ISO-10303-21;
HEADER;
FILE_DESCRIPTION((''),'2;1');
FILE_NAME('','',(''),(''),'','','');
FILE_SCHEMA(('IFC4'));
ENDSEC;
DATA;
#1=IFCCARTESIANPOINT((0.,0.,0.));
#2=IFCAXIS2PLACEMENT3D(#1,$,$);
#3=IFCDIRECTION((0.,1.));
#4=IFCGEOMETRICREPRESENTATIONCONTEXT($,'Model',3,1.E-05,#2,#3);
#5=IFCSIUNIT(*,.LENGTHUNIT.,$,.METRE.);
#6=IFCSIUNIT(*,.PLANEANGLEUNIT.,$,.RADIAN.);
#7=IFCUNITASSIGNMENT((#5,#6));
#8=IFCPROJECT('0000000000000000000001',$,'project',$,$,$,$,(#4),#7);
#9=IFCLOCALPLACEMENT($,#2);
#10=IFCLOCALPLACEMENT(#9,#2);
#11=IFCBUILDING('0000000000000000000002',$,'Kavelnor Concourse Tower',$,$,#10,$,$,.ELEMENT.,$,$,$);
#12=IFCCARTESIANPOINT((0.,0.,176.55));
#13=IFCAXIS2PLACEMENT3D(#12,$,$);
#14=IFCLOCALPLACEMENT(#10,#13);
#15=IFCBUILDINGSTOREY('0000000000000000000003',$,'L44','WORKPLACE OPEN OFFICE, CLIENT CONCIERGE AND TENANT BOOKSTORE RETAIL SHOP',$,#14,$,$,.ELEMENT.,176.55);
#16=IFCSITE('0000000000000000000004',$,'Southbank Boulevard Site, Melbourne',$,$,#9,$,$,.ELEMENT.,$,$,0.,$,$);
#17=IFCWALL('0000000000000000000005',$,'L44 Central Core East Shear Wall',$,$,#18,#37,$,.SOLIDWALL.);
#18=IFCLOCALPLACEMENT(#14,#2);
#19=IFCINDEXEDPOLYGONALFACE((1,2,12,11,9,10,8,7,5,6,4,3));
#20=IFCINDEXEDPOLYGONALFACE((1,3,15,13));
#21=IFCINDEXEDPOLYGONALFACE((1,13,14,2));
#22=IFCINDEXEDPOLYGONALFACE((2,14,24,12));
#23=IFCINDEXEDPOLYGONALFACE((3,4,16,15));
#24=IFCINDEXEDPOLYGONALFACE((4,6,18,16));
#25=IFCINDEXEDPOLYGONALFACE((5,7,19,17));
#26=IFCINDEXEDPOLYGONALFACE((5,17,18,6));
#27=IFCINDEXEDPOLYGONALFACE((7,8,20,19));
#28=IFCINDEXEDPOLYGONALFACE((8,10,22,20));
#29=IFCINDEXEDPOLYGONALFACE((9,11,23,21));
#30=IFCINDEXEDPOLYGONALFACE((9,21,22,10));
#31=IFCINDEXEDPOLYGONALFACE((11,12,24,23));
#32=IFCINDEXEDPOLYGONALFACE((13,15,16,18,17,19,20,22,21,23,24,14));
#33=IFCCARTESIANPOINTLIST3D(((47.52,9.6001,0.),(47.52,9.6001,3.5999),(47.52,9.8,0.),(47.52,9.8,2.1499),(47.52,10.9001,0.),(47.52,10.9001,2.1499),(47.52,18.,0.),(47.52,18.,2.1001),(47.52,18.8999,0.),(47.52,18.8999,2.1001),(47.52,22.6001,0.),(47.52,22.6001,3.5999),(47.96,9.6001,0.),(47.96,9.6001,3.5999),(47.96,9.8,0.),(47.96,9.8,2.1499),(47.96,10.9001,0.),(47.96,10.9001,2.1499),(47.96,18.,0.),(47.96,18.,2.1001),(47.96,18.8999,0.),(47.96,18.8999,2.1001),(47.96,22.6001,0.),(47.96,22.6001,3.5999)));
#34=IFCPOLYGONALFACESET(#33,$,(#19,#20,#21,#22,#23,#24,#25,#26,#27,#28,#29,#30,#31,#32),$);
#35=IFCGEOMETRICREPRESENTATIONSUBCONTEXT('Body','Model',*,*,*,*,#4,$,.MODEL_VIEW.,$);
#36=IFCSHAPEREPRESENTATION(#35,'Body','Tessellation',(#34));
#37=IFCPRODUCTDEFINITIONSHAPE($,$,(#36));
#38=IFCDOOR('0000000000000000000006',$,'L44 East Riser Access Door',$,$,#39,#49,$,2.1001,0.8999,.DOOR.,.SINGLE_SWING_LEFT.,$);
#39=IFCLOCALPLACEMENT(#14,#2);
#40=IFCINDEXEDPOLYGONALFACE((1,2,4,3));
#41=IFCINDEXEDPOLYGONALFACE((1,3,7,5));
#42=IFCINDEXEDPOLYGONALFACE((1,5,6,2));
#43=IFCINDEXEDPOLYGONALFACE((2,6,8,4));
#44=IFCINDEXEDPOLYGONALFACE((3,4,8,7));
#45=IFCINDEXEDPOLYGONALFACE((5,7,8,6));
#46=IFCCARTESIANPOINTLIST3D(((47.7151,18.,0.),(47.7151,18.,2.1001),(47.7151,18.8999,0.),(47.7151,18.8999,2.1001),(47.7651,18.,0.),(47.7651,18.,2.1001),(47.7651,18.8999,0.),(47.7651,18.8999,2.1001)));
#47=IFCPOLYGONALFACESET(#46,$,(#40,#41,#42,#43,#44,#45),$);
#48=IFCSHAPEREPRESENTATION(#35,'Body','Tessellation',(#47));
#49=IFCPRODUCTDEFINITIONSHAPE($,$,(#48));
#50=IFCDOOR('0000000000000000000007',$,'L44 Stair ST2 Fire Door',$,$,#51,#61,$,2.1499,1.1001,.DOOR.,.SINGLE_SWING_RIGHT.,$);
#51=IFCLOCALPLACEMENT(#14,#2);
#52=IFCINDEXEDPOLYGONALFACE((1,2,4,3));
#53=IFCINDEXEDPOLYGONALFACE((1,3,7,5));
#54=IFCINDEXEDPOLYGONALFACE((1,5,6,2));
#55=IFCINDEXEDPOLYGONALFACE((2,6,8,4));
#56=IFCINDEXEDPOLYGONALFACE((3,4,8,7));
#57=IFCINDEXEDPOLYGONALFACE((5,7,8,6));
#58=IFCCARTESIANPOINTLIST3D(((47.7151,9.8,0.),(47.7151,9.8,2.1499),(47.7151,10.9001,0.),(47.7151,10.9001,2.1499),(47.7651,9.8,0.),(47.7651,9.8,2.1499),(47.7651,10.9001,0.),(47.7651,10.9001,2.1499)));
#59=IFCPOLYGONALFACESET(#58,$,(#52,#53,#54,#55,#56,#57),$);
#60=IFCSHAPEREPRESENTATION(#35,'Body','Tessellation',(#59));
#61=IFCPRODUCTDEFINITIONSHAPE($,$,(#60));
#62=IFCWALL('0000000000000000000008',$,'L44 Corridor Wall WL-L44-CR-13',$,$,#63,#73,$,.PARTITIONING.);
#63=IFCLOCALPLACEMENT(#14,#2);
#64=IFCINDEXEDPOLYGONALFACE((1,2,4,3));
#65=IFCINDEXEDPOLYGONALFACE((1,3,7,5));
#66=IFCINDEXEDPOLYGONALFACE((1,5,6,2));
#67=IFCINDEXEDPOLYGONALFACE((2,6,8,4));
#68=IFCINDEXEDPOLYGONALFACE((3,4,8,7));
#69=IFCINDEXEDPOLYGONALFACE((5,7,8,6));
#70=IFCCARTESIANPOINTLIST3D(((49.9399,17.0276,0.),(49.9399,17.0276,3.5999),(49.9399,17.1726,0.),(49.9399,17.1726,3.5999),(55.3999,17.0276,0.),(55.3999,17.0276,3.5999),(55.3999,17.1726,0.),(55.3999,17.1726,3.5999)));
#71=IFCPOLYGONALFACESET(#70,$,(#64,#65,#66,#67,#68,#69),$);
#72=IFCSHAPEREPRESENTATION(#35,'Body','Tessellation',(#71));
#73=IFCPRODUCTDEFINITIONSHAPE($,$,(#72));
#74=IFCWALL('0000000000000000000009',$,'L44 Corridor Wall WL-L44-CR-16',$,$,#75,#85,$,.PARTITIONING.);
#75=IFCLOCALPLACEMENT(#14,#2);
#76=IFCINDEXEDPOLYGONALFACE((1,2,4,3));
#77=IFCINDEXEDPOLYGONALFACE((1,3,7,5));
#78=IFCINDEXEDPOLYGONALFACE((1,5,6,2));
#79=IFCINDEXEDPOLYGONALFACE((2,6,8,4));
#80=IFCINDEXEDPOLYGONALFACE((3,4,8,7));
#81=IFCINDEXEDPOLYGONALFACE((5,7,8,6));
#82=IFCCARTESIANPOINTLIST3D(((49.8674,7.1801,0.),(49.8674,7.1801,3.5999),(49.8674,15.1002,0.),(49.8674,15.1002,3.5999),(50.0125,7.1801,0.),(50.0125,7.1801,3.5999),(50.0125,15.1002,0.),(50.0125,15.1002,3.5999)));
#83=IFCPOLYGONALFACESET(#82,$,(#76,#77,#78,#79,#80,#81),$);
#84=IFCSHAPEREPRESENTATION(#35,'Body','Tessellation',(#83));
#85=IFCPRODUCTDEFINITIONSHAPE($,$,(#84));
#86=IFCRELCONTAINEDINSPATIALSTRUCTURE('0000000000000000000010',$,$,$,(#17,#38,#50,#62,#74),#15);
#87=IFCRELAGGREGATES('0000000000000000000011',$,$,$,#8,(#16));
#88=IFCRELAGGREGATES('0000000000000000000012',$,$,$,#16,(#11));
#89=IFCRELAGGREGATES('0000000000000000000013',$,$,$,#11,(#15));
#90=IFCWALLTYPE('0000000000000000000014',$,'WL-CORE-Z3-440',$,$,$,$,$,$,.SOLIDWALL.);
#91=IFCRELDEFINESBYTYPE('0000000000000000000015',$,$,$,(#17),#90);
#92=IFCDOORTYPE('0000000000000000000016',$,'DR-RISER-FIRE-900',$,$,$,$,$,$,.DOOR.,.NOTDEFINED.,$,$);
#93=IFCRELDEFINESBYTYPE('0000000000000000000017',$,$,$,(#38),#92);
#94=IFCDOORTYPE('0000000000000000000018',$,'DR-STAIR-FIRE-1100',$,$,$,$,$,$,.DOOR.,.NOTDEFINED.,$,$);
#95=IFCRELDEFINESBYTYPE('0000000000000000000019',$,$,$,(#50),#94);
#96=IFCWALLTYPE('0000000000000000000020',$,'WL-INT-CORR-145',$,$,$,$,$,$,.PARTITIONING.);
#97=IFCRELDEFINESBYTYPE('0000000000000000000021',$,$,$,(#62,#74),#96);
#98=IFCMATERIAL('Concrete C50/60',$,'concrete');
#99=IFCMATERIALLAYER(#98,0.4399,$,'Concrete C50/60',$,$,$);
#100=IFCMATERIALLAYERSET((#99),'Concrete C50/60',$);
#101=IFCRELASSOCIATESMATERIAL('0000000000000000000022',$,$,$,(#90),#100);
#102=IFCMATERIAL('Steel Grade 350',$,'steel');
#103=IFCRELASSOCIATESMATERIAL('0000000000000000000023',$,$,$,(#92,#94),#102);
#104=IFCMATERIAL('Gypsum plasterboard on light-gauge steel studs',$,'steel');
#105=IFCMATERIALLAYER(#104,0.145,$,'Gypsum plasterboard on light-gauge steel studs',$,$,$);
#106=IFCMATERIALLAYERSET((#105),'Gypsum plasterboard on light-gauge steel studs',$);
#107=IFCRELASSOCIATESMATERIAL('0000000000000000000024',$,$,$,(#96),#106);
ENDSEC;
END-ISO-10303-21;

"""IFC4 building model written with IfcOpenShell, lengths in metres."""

from ifc_helpers import new_model, si_unit, direction, frame, frame_2d, origin, place, context, subcontext, project, spatial, rectangle, extrude, material, layer, layer_set, type_object, element, fill, save


model = new_model("IFC4")

# Units and contexts
model_context = context("Model", 3, precision=1e-05, world=origin(), true_north=direction((0.0, 1.0)))
body_context = subcontext(model_context, "Body", "Model", "MODEL_VIEW")
ifc_project = project(units=[si_unit("LENGTHUNIT", "METRE"), si_unit("PLANEANGLEUNIT", "RADIAN")], contexts=[model_context])

# Site, building, storey
site_placement = place(None, origin())
site = spatial("IfcSite", under=ifc_project, at=site_placement, Name="Southbank Boulevard Site, Melbourne", CompositionType="ELEMENT", RefElevation=0.0)
building_placement = place(site_placement, origin())
building = spatial("IfcBuilding", under=site, at=building_placement, Name="Kavelnor Concourse Tower", CompositionType="ELEMENT")
storey_placement = place(building_placement, frame((0.0, 0.0, 176.55)))
storey = spatial("IfcBuildingStorey", under=building, at=storey_placement, Name="L44", Description="WORKPLACE OPEN OFFICE, CLIENT CONCIERGE AND TENANT BOOKSTORE RETAIL SHOP", CompositionType="ELEMENT", Elevation=176.55)

# Shared definitions
ifc_material_1 = material(Name="Steel Grade 350", Category="steel")

# Wall, openings, doors
ifc_material_2 = material(Name="Concrete C50/60", Category="concrete")
ifc_layer_1 = layer(ifc_material_2, 0.4399, Name="Concrete C50/60")
ifc_layer_set_1 = layer_set([ifc_layer_1], Name="Concrete C50/60")
wall_type_1 = type_object("IfcWallType", Name="WL-CORE-Z3-440", PredefinedType="SOLIDWALL", material=ifc_layer_set_1)
wall_1_placement = place(storey_placement, frame((47.74, 9.6001, 0.0), z_axis=(0.0, 0.0, 1.0), x_axis=(0.0, 1.0, 0.0)))
wall_1 = element("IfcWall", 1, at=wall_1_placement, inside=storey, type_object=wall_type_1, Name="L44 Central Core East Shear Wall", PredefinedType="SOLIDWALL", context=body_context, shape_type="SweptSolid", body=[
    extrude(rectangle(XDim=13.0, YDim=0.4399, at=frame_2d((6.5, 0.0))), origin(), (0.0, 0.0, 1.0), 3.5999),
])
opening_1_placement = place(wall_1_placement, frame((0.2, 0.0, 0.0)))
opening_1 = element("IfcOpeningElement", 2, at=opening_1_placement, cuts=wall_1, PredefinedType="OPENING", context=body_context, shape_type="SweptSolid", body=[
    extrude(rectangle(XDim=1.1001, YDim=2.1499, at=frame_2d((0.55, 1.075))), frame((0.0, 0.23, 0.0), z_axis=(0.0, -1.0, 0.0), x_axis=(1.0, 0.0, 0.0)), (0.0, 0.0, 1.0), 0.46),
])
opening_2_placement = place(wall_1_placement, frame((8.3999, 0.0, 0.0)))
opening_2 = element("IfcOpeningElement", 3, at=opening_2_placement, cuts=wall_1, PredefinedType="OPENING", context=body_context, shape_type="SweptSolid", body=[
    extrude(rectangle(XDim=0.8999, YDim=2.1001, at=frame_2d((0.45, 1.05))), frame((0.0, 0.23, 0.0), z_axis=(0.0, -1.0, 0.0), x_axis=(1.0, 0.0, 0.0)), (0.0, 0.0, 1.0), 0.46),
])
door_type_1 = type_object("IfcDoorType", Name="DR-RISER-FIRE-900", OperationType="NOTDEFINED", PredefinedType="DOOR", material=ifc_material_1)
door_1_placement = place(opening_2_placement, origin())
door_1 = element("IfcDoor", 4, at=door_1_placement, inside=storey, type_object=door_type_1, Name="L44 East Riser Access Door", OperationType="SINGLE_SWING_LEFT", OverallHeight=2.1001, OverallWidth=0.8999, PredefinedType="DOOR", context=body_context, shape_type="SweptSolid", body=[
    extrude(rectangle(XDim=0.8999, YDim=2.1001, at=frame_2d((0.45, 1.05))), frame((0.0, 0.0249, 0.0), z_axis=(0.0, -1.0, 0.0), x_axis=(1.0, 0.0, 0.0)), (0.0, 0.0, 1.0), 0.05),
])
fill(opening_2, door_1)
door_type_2 = type_object("IfcDoorType", Name="DR-STAIR-FIRE-1100", OperationType="NOTDEFINED", PredefinedType="DOOR", material=ifc_material_1)
door_2_placement = place(opening_1_placement, origin())
door_2 = element("IfcDoor", 5, at=door_2_placement, inside=storey, type_object=door_type_2, Name="L44 Stair ST2 Fire Door", OperationType="SINGLE_SWING_RIGHT", OverallHeight=2.1499, OverallWidth=1.1001, PredefinedType="DOOR", context=body_context, shape_type="SweptSolid", body=[
    extrude(rectangle(XDim=1.1001, YDim=2.1499, at=frame_2d((0.55, 1.075))), frame((0.0, 0.0249, 0.0), z_axis=(0.0, -1.0, 0.0), x_axis=(1.0, 0.0, 0.0)), (0.0, 0.0, 1.0), 0.05),
])
fill(opening_1, door_2)

# Walls
ifc_material_3 = material(Name="Gypsum plasterboard on light-gauge steel studs", Category="steel")
ifc_layer_2 = layer(ifc_material_3, 0.145, Name="Gypsum plasterboard on light-gauge steel studs")
ifc_layer_set_2 = layer_set([ifc_layer_2], Name="Gypsum plasterboard on light-gauge steel studs")
wall_type_2 = type_object("IfcWallType", Name="WL-INT-CORR-145", PredefinedType="PARTITIONING", material=ifc_layer_set_2)
wall_2_placement = place(storey_placement, frame((49.9399, 17.1001, 0.0), z_axis=(0.0, 0.0, 1.0), x_axis=(1.0, 0.0, 0.0)))
element("IfcWall", 6, at=wall_2_placement, inside=storey, type_object=wall_type_2, Name="L44 Corridor Wall WL-L44-CR-13", PredefinedType="PARTITIONING", context=body_context, shape_type="SweptSolid", body=[
    extrude(rectangle(XDim=5.46, YDim=0.145, at=frame_2d((2.73, 0.0))), origin(), (0.0, 0.0, 1.0), 3.5999),
])
wall_3_placement = place(storey_placement, frame((49.9399, 15.1001, 0.0), z_axis=(0.0, 0.0, 1.0), x_axis=(0.0, -1.0, 0.0)))
element("IfcWall", 7, at=wall_3_placement, inside=storey, type_object=wall_type_2, Name="L44 Corridor Wall WL-L44-CR-16", PredefinedType="PARTITIONING", context=body_context, shape_type="SweptSolid", body=[
    extrude(rectangle(XDim=7.9202, YDim=0.145, at=frame_2d((3.96, 0.0))), origin(), (0.0, 0.0, 1.0), 3.5999),
])

save(model, "model.ifc")
